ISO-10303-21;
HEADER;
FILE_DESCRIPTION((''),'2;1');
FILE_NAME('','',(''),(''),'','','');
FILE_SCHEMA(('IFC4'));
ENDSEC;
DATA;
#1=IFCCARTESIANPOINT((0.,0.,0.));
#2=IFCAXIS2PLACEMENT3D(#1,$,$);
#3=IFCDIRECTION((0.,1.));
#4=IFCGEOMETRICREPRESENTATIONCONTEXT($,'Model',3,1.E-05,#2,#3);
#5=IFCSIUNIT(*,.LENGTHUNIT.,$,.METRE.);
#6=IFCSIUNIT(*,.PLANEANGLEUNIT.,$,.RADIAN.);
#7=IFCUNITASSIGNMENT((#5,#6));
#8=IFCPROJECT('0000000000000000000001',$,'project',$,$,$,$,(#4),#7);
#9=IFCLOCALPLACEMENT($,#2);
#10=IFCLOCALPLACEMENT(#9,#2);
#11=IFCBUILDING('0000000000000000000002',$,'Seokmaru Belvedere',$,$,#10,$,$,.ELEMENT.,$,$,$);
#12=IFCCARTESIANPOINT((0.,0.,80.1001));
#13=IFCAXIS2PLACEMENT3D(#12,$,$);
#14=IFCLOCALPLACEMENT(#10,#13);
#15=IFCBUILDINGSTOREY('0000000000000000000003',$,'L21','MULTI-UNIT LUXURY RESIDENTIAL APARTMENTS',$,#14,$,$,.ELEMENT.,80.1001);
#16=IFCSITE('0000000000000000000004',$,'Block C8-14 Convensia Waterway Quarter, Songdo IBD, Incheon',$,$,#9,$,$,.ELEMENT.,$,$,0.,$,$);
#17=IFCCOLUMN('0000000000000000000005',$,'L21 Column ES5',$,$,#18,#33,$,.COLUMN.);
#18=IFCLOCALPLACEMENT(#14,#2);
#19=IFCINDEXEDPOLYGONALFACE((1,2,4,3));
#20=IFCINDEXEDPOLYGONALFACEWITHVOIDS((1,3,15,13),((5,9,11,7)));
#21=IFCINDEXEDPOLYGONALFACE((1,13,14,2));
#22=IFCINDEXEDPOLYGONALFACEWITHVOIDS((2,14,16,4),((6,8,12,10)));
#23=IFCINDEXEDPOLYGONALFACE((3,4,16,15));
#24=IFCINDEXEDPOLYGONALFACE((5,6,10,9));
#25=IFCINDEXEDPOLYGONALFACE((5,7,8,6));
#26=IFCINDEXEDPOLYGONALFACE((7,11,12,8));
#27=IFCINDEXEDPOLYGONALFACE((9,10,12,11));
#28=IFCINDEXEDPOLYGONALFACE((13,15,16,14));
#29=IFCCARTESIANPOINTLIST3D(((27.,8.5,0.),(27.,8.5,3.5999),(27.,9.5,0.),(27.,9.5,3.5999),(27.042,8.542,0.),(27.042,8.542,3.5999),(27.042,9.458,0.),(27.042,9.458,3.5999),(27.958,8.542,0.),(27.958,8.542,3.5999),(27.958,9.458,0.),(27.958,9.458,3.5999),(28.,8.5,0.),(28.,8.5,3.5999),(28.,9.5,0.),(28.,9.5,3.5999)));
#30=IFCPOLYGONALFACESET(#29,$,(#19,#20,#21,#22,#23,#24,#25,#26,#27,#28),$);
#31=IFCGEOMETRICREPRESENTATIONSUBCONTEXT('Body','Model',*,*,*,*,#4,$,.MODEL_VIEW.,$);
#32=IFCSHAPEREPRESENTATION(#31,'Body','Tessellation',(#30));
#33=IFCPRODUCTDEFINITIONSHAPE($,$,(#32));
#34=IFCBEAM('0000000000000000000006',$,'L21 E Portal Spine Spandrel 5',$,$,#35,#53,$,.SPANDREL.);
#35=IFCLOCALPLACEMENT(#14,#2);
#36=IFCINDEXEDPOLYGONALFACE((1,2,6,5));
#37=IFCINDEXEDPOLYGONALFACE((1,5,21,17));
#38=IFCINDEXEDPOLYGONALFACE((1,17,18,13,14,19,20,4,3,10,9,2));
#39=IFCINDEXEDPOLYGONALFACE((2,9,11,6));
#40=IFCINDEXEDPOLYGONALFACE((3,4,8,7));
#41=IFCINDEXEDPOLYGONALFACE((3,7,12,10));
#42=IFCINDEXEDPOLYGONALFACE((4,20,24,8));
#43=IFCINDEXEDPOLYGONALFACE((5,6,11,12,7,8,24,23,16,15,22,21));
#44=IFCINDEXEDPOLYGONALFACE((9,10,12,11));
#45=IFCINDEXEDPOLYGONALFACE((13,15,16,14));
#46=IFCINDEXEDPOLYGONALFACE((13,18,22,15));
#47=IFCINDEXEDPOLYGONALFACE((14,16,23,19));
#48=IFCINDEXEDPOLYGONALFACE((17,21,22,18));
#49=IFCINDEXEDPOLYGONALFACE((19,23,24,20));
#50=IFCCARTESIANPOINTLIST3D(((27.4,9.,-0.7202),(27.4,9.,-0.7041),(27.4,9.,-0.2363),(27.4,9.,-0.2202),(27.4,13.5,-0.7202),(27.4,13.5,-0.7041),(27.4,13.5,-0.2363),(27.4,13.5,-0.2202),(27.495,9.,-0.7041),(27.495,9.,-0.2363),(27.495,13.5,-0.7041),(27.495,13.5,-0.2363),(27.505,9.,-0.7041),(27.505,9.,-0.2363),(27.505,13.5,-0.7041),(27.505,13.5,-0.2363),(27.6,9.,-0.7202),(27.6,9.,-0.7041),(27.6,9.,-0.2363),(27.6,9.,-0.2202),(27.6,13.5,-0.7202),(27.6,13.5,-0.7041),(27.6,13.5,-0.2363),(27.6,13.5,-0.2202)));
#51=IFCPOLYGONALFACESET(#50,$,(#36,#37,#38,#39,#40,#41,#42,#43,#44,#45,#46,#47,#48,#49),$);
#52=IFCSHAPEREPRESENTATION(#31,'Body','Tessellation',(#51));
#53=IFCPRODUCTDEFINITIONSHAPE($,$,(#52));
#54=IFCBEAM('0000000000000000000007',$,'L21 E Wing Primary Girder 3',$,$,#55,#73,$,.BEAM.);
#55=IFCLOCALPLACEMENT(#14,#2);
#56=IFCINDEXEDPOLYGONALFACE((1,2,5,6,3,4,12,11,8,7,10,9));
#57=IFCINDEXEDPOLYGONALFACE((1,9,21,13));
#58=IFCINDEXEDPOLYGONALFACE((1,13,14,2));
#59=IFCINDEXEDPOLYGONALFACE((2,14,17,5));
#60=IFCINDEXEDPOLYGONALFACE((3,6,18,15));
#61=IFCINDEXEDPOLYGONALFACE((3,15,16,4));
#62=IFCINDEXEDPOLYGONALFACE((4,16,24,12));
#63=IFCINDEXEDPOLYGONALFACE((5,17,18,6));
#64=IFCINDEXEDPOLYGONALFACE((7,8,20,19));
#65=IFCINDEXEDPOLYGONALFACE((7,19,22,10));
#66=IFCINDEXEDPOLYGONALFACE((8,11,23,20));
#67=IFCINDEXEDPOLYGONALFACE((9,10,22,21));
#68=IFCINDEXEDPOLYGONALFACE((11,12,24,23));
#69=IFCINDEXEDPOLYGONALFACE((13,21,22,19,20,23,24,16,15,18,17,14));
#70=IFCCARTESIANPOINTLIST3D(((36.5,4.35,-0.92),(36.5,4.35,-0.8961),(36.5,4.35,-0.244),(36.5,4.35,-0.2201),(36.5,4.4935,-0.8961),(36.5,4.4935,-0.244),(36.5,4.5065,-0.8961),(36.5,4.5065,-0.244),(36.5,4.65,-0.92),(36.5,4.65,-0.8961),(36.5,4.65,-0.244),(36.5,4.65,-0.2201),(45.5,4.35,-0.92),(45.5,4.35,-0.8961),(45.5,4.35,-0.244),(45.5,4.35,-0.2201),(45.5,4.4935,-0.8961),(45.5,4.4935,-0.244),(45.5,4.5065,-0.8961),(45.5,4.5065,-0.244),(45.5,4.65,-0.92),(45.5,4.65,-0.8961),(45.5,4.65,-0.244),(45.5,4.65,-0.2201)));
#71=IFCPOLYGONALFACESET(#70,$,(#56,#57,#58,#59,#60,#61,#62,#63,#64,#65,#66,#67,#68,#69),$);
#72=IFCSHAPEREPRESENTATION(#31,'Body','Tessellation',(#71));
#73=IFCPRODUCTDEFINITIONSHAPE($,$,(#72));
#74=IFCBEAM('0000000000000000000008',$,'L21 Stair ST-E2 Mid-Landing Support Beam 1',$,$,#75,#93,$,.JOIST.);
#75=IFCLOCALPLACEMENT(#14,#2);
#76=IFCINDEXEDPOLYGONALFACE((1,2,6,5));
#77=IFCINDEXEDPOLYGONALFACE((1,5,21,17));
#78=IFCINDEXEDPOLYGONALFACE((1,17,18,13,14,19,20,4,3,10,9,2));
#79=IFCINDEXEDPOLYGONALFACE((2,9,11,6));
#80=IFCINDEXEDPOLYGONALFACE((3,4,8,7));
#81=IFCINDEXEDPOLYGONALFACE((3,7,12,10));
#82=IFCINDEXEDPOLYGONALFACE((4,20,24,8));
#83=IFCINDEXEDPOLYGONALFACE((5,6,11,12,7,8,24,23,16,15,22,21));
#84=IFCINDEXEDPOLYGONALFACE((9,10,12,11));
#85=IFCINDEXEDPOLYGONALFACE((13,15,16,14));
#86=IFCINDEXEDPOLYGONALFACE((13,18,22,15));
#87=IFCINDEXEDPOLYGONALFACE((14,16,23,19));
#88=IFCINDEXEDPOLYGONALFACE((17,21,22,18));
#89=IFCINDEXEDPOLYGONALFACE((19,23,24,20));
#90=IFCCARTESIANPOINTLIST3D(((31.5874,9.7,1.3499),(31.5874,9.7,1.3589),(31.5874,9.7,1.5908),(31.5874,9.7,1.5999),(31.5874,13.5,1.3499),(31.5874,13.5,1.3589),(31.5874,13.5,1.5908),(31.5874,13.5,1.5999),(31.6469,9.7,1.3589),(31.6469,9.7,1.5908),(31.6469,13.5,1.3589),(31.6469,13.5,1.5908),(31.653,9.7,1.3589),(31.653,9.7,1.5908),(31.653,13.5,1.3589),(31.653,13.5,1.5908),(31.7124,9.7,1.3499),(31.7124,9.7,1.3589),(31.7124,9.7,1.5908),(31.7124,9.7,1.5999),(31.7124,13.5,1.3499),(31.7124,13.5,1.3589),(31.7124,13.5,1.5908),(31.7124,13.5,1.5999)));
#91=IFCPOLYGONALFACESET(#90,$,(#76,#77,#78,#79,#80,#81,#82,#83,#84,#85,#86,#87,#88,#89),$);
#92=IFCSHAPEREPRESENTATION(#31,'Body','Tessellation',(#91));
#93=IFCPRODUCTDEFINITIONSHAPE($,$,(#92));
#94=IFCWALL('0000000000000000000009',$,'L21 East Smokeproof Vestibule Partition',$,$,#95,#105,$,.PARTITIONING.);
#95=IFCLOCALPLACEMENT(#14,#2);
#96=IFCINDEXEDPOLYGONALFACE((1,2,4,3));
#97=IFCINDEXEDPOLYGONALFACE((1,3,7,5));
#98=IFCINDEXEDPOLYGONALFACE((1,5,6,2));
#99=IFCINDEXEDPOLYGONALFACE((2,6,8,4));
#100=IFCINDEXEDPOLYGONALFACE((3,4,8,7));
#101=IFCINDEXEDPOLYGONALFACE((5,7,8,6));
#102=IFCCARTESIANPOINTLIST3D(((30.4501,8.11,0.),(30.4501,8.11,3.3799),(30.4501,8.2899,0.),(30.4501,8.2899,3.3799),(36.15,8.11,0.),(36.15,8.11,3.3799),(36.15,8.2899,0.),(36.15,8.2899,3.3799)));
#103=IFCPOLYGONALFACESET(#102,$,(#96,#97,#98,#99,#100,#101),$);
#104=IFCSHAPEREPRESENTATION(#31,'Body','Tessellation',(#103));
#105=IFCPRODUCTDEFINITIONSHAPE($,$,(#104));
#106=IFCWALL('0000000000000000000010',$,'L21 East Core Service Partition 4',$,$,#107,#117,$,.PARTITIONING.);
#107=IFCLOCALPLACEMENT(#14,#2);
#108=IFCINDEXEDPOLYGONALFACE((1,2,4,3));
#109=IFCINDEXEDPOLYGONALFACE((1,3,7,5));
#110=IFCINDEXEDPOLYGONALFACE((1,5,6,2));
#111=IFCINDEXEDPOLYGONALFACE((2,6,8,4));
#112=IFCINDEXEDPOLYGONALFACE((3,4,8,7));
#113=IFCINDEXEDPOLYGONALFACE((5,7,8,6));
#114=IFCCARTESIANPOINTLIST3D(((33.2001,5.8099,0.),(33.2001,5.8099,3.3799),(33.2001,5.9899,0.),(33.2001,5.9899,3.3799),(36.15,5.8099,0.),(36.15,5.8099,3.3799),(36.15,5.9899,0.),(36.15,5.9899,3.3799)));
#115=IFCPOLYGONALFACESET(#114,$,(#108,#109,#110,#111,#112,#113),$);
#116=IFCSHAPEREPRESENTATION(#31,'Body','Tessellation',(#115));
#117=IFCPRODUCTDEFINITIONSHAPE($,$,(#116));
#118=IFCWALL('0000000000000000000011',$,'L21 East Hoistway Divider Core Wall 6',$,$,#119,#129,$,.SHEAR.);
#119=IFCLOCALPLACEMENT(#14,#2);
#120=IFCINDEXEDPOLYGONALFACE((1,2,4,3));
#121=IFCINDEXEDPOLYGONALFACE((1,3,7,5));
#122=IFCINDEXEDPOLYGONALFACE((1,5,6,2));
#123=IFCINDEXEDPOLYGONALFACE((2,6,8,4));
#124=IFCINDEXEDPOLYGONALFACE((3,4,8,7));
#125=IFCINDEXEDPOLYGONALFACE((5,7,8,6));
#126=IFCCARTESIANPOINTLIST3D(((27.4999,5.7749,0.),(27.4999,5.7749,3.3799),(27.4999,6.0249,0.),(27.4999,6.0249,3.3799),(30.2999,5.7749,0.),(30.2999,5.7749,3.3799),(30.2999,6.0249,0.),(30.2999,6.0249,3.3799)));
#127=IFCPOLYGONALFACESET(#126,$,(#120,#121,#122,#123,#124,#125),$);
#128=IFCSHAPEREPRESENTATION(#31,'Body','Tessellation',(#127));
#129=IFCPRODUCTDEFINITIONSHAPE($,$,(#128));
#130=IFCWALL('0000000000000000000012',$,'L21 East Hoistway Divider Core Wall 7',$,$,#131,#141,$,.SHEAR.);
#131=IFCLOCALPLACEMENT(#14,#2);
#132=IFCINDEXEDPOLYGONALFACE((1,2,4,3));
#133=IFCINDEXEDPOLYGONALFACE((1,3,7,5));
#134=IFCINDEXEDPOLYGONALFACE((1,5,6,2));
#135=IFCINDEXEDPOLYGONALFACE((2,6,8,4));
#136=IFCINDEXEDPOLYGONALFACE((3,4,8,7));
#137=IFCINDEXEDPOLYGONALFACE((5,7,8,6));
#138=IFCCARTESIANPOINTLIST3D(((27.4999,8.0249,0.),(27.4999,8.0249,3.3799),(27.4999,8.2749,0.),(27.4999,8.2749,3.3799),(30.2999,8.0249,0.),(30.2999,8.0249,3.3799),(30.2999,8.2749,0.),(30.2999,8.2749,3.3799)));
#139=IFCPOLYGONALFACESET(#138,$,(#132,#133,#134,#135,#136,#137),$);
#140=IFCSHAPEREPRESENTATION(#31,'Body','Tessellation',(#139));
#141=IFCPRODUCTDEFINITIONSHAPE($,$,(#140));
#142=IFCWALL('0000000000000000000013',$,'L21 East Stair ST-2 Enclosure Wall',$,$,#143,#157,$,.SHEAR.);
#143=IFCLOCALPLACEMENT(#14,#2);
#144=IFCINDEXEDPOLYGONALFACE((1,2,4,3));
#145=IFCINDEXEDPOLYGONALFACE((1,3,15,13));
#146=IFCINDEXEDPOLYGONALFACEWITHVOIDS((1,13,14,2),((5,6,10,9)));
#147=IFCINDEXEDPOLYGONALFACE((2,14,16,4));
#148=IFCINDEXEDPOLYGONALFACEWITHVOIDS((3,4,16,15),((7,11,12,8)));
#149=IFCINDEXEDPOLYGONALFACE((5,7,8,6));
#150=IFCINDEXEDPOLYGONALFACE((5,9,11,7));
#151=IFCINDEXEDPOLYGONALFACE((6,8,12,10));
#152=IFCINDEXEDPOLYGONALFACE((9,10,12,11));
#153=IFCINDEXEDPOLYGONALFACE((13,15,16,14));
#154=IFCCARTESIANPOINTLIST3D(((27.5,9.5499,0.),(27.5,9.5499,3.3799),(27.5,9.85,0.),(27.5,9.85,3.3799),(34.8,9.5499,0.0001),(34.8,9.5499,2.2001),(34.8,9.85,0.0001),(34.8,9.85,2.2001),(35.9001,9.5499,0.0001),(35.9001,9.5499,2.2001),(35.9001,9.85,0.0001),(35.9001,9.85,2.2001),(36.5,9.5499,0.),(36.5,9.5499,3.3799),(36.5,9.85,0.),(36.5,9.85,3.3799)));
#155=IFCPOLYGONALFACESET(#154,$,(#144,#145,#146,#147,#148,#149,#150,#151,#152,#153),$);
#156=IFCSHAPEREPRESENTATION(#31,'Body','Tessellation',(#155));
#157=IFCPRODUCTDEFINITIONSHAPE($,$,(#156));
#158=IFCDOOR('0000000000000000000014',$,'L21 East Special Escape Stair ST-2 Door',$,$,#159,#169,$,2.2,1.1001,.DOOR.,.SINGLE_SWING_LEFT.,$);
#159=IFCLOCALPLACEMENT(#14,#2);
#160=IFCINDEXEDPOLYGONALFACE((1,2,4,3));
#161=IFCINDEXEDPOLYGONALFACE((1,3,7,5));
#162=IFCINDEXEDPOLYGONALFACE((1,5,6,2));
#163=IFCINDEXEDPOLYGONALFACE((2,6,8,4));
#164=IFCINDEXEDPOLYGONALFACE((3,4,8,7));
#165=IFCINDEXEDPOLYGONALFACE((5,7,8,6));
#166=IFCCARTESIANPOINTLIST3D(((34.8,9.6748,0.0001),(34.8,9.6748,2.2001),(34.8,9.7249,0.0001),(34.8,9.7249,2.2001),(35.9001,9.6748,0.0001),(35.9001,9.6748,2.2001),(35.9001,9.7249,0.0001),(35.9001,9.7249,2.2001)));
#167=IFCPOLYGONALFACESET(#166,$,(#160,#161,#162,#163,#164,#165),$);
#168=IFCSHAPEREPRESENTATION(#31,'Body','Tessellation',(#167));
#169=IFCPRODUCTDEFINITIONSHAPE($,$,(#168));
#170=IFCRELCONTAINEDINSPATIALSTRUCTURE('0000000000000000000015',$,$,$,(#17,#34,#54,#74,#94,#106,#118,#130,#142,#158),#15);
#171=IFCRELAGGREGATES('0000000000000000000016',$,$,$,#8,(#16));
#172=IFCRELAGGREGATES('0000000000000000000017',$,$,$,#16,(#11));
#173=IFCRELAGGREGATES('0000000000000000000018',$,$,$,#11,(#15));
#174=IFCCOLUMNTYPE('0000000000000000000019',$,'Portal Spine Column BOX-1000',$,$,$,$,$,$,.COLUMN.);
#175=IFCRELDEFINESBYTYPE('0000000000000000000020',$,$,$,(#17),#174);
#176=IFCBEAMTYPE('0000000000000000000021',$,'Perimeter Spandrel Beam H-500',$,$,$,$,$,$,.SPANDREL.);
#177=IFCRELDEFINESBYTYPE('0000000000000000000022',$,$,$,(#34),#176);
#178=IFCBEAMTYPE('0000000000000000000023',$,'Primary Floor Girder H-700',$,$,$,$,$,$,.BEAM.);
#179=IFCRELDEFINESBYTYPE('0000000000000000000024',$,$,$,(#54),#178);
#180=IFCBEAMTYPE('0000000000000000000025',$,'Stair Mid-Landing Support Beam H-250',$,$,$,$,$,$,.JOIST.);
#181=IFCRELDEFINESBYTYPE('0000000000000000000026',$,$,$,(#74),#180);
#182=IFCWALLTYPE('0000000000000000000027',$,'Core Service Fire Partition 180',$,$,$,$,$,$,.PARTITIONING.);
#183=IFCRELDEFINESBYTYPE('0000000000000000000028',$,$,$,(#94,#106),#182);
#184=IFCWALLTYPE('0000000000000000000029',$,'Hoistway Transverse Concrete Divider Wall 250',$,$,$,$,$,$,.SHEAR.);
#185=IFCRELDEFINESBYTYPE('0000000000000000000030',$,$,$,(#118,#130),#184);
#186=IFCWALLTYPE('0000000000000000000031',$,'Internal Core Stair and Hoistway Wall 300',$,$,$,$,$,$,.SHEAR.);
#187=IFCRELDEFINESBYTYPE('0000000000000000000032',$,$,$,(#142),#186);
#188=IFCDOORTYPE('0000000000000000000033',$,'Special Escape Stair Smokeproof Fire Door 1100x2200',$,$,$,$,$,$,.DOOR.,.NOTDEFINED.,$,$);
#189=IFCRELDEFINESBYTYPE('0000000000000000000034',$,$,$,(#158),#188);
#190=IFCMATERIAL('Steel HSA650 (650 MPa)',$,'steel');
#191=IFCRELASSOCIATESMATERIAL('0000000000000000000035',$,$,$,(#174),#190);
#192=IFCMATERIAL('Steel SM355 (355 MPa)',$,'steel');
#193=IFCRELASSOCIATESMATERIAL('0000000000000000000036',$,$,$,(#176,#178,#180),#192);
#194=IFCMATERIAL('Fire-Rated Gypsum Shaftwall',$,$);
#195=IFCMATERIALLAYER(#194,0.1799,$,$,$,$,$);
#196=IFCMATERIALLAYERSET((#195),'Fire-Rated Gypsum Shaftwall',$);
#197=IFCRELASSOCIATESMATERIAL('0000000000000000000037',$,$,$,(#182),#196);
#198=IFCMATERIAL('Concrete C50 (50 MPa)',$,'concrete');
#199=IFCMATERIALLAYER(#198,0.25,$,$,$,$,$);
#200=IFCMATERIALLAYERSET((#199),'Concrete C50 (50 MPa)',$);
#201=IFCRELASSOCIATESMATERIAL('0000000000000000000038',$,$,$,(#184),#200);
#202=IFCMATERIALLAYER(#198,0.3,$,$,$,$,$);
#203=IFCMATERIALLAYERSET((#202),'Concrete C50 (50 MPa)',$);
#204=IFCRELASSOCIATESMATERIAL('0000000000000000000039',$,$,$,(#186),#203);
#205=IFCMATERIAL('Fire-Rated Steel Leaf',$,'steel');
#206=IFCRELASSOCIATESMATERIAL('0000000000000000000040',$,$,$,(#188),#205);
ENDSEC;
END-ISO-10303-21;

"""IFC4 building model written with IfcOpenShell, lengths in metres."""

from ifc_helpers import new_model, si_unit, direction, frame, frame_2d, origin, origin_2d, place, context, subcontext, project, spatial, rectangle, hollow_rectangle, i_section, extrude, source, transform, mapped, material, layer, layer_set, material_profile, profile_set, type_object, type_shapes, element, fill, save


model = new_model("IFC4")

# Units and contexts
model_context = context("Model", 3, precision=1e-05, world=origin(), true_north=direction((0.0, 1.0)))
body_context = subcontext(model_context, "Body", "Model", "MODEL_VIEW")
ifc_project = project(units=[si_unit("LENGTHUNIT", "METRE"), si_unit("PLANEANGLEUNIT", "RADIAN")], contexts=[model_context])

# Site, building, storey
site_placement = place(None, origin())
site = spatial("IfcSite", under=ifc_project, at=site_placement, Name="Block C8-14 Convensia Waterway Quarter, Songdo IBD, Incheon", CompositionType="ELEMENT", RefElevation=0.0)
building_placement = place(site_placement, origin())
building = spatial("IfcBuilding", under=site, at=building_placement, Name="Seokmaru Belvedere", CompositionType="ELEMENT")
storey_placement = place(building_placement, frame((0.0, 0.0, 80.1001)))
storey = spatial("IfcBuildingStorey", under=building, at=storey_placement, Name="L21", Description="MULTI-UNIT LUXURY RESIDENTIAL APARTMENTS", CompositionType="ELEMENT", Elevation=80.1001)

# Column
ifc_material_1 = material(Name="Steel HSA650 (650 MPa)", Category="steel")
ifc_material_profile_1 = material_profile(ifc_material_1, hollow_rectangle(XDim=1.0, YDim=1.0, WallThickness=0.042, at=origin_2d()), Name="BOX-1000x1000x42")
ifc_profile_set_1 = profile_set([ifc_material_profile_1], Name="Steel HSA650 (650 MPa)")
column_type = type_object("IfcColumnType", Name="Portal Spine Column BOX-1000", PredefinedType="COLUMN", material=ifc_profile_set_1)
shared_shape_1 = source(origin(), body_context, "Body", "SweptSolid", [
    extrude(hollow_rectangle(XDim=1.0, YDim=1.0, WallThickness=0.042, at=origin_2d()), origin(), (0.0, 0.0, 1.0), 3.5999),
])
type_shapes(column_type, [shared_shape_1])
column_placement = place(storey_placement, frame((27.5, 9.0, 0.0), z_axis=(0.0, 0.0, 1.0), x_axis=(1.0, 0.0, 0.0)))
element("IfcColumn", 1, at=column_placement, inside=storey, type_object=column_type, Name="L21 Column ES5", PredefinedType="COLUMN", context=body_context, shape_type="MappedRepresentation", body=[
    mapped(shared_shape_1, transform((0.0, 0.0, 0.0), scale=1.0)),
])

# Beams
ifc_material_2 = material(Name="Steel SM355 (355 MPa)", Category="steel")
ifc_material_profile_2 = material_profile(ifc_material_2, i_section(OverallWidth=0.2, OverallDepth=0.5, WebThickness=0.01, FlangeThickness=0.0161, at=origin_2d()), Name="H-500x200x10x16")
ifc_profile_set_2 = profile_set([ifc_material_profile_2], Name="Steel SM355 (355 MPa)")
beam_type_1 = type_object("IfcBeamType", Name="Perimeter Spandrel Beam H-500", PredefinedType="SPANDREL", material=ifc_profile_set_2)
shared_shape_2 = source(origin(), body_context, "Body", "SweptSolid", [
    extrude(i_section(OverallWidth=0.2, OverallDepth=0.5, WebThickness=0.01, FlangeThickness=0.0161, at=origin_2d()), origin(), (0.0, 0.0, 1.0), 4.5),
])
type_shapes(beam_type_1, [shared_shape_2])
beam_1_placement = place(storey_placement, frame((27.5, 9.0, -0.4702), z_axis=(0.0, 1.0, 0.0), x_axis=(-1.0, 0.0, 0.0)))
element("IfcBeam", 2, at=beam_1_placement, inside=storey, type_object=beam_type_1, Name="L21 E Portal Spine Spandrel 5", PredefinedType="SPANDREL", context=body_context, shape_type="MappedRepresentation", body=[
    mapped(shared_shape_2, transform((0.0, 0.0, 0.0), scale=1.0)),
])
ifc_material_profile_3 = material_profile(ifc_material_2, i_section(OverallWidth=0.3, OverallDepth=0.7, WebThickness=0.0129, FlangeThickness=0.0239, at=origin_2d()), Name="H-700x300x13x24")
ifc_profile_set_3 = profile_set([ifc_material_profile_3], Name="Steel SM355 (355 MPa)")
beam_type_2 = type_object("IfcBeamType", Name="Primary Floor Girder H-700", PredefinedType="BEAM", material=ifc_profile_set_3)
shared_shape_3 = source(origin(), body_context, "Body", "SweptSolid", [
    extrude(i_section(OverallWidth=0.3, OverallDepth=0.7, WebThickness=0.0129, FlangeThickness=0.0239, at=origin_2d()), origin(), (0.0, 0.0, 1.0), 9.0),
])
type_shapes(beam_type_2, [shared_shape_3])
beam_2_placement = place(storey_placement, frame((36.5, 4.5, -0.5701), z_axis=(1.0, 0.0, 0.0), x_axis=(0.0, 1.0, 0.0)))
element("IfcBeam", 3, at=beam_2_placement, inside=storey, type_object=beam_type_2, Name="L21 E Wing Primary Girder 3", PredefinedType="BEAM", context=body_context, shape_type="MappedRepresentation", body=[
    mapped(shared_shape_3, transform((0.0, 0.0, 0.0), scale=1.0)),
])
ifc_material_profile_4 = material_profile(ifc_material_2, i_section(OverallWidth=0.125, OverallDepth=0.25, WebThickness=0.0061, FlangeThickness=0.009, at=origin_2d()), Name="H-250x125x6x9")
ifc_profile_set_4 = profile_set([ifc_material_profile_4], Name="Steel SM355 (355 MPa)")
beam_type_3 = type_object("IfcBeamType", Name="Stair Mid-Landing Support Beam H-250", PredefinedType="JOIST", material=ifc_profile_set_4)
shared_shape_4 = source(origin(), body_context, "Body", "SweptSolid", [
    extrude(i_section(OverallWidth=0.125, OverallDepth=0.25, WebThickness=0.0061, FlangeThickness=0.009, at=origin_2d()), origin(), (0.0, 0.0, 1.0), 3.8),
])
type_shapes(beam_type_3, [shared_shape_4])
beam_3_placement = place(storey_placement, frame((31.6499, 9.7, 1.4749), z_axis=(0.0, 1.0, 0.0), x_axis=(-1.0, 0.0, 0.0)))
element("IfcBeam", 4, at=beam_3_placement, inside=storey, type_object=beam_type_3, Name="L21 Stair ST-E2 Mid-Landing Support Beam 1", PredefinedType="JOIST", context=body_context, shape_type="MappedRepresentation", body=[
    mapped(shared_shape_4, transform((0.0, 0.0, 0.0), scale=1.0)),
])

# Walls
ifc_material_3 = material(Name="Fire-Rated Gypsum Shaftwall")
ifc_layer_1 = layer(ifc_material_3, 0.1799)
ifc_layer_set_1 = layer_set([ifc_layer_1], Name="Fire-Rated Gypsum Shaftwall")
wall_type_1 = type_object("IfcWallType", Name="Core Service Fire Partition 180", PredefinedType="PARTITIONING", material=ifc_layer_set_1)
wall_1_placement = place(storey_placement, frame((30.45, 8.2, 0.0), z_axis=(0.0, 0.0, 1.0), x_axis=(1.0, 0.0, 0.0)))
element("IfcWall", 5, at=wall_1_placement, inside=storey, type_object=wall_type_1, Name="L21 East Smokeproof Vestibule Partition", PredefinedType="PARTITIONING", context=body_context, shape_type="SweptSolid", body=[
    extrude(rectangle(XDim=5.7, YDim=0.1799, at=frame_2d((2.8501, 0.0))), origin(), (0.0, 0.0, 1.0), 3.3799),
])
wall_2_placement = place(storey_placement, frame((33.2, 5.8999, 0.0), z_axis=(0.0, 0.0, 1.0), x_axis=(1.0, 0.0, 0.0)))
element("IfcWall", 6, at=wall_2_placement, inside=storey, type_object=wall_type_1, Name="L21 East Core Service Partition 4", PredefinedType="PARTITIONING", context=body_context, shape_type="SweptSolid", body=[
    extrude(rectangle(XDim=2.95, YDim=0.1799, at=frame_2d((1.4751, 0.0))), origin(), (0.0, 0.0, 1.0), 3.3799),
])
ifc_material_4 = material(Name="Concrete C50 (50 MPa)", Category="concrete")
ifc_layer_2 = layer(ifc_material_4, 0.25)
ifc_layer_set_2 = layer_set([ifc_layer_2], Name="Concrete C50 (50 MPa)")
wall_type_2 = type_object("IfcWallType", Name="Hoistway Transverse Concrete Divider Wall 250", PredefinedType="SHEAR", material=ifc_layer_set_2)
for number, where, z_axis, x_axis, name in (
    (7, (27.5, 5.8999, 0.0), (0.0, 0.0, 1.0), (1.0, 0.0, 0.0), "L21 East Hoistway Divider Core Wall 6"),
    (8, (27.5, 8.1499, 0.0), (0.0, 0.0, 1.0), (1.0, 0.0, 0.0), "L21 East Hoistway Divider Core Wall 7"),
):
    element("IfcWall", number, at=place(storey_placement, frame(where, z_axis=z_axis, x_axis=x_axis)), inside=storey, type_object=wall_type_2, Name=name, PredefinedType="SHEAR", context=body_context, shape_type="SweptSolid", body=[
        extrude(rectangle(XDim=2.8, YDim=0.25, at=frame_2d((1.3999, 0.0))), origin(), (0.0, 0.0, 1.0), 3.3799),
    ])

# Wall, opening, door
ifc_layer_3 = layer(ifc_material_4, 0.3)
ifc_layer_set_3 = layer_set([ifc_layer_3], Name="Concrete C50 (50 MPa)")
wall_type_3 = type_object("IfcWallType", Name="Internal Core Stair and Hoistway Wall 300", PredefinedType="SHEAR", material=ifc_layer_set_3)
wall_3_placement = place(storey_placement, frame((27.5, 9.7, 0.0), z_axis=(0.0, 0.0, 1.0), x_axis=(1.0, 0.0, 0.0)))
wall_3 = element("IfcWall", 9, at=wall_3_placement, inside=storey, type_object=wall_type_3, Name="L21 East Stair ST-2 Enclosure Wall", PredefinedType="SHEAR", context=body_context, shape_type="SweptSolid", body=[
    extrude(rectangle(XDim=9.0, YDim=0.3, at=frame_2d((4.5, 0.0))), origin(), (0.0, 0.0, 1.0), 3.3799),
])
opening_1_placement = place(wall_3_placement, frame((7.3, 0.0, 0.0)))
opening_1 = element("IfcOpeningElement", 10, at=opening_1_placement, cuts=wall_3, PredefinedType="OPENING", context=body_context, shape_type="SweptSolid", body=[
    extrude(rectangle(XDim=1.1001, YDim=2.2, at=frame_2d((0.55, 1.1001))), frame((0.0, 0.1602, 0.0), z_axis=(0.0, -1.0, 0.0), x_axis=(1.0, 0.0, 0.0)), (0.0, 0.0, 1.0), 0.3201),
])
ifc_material_5 = material(Name="Fire-Rated Steel Leaf", Category="steel")
door_type_1 = type_object("IfcDoorType", Name="Special Escape Stair Smokeproof Fire Door 1100x2200", OperationType="NOTDEFINED", PredefinedType="DOOR", material=ifc_material_5)
shared_shape_5 = source(origin(), body_context, "Body", "SweptSolid", [
    extrude(rectangle(XDim=1.1001, YDim=2.2, at=frame_2d((0.55, 1.1001))), frame((0.0, 0.0249, 0.0), z_axis=(0.0, -1.0, 0.0), x_axis=(1.0, 0.0, 0.0)), (0.0, 0.0, 1.0), 0.05),
])
type_shapes(door_type_1, [shared_shape_5])
door_1_placement = place(opening_1_placement, origin())
door_1 = element("IfcDoor", 11, at=door_1_placement, inside=storey, type_object=door_type_1, Name="L21 East Special Escape Stair ST-2 Door", OperationType="SINGLE_SWING_LEFT", OverallHeight=2.2, OverallWidth=1.1001, PredefinedType="DOOR", context=body_context, shape_type="MappedRepresentation", body=[
    mapped(shared_shape_5, transform((0.0, 0.0, 0.0), scale=1.0)),
])
fill(opening_1, door_1)

save(model, "model.ifc")
